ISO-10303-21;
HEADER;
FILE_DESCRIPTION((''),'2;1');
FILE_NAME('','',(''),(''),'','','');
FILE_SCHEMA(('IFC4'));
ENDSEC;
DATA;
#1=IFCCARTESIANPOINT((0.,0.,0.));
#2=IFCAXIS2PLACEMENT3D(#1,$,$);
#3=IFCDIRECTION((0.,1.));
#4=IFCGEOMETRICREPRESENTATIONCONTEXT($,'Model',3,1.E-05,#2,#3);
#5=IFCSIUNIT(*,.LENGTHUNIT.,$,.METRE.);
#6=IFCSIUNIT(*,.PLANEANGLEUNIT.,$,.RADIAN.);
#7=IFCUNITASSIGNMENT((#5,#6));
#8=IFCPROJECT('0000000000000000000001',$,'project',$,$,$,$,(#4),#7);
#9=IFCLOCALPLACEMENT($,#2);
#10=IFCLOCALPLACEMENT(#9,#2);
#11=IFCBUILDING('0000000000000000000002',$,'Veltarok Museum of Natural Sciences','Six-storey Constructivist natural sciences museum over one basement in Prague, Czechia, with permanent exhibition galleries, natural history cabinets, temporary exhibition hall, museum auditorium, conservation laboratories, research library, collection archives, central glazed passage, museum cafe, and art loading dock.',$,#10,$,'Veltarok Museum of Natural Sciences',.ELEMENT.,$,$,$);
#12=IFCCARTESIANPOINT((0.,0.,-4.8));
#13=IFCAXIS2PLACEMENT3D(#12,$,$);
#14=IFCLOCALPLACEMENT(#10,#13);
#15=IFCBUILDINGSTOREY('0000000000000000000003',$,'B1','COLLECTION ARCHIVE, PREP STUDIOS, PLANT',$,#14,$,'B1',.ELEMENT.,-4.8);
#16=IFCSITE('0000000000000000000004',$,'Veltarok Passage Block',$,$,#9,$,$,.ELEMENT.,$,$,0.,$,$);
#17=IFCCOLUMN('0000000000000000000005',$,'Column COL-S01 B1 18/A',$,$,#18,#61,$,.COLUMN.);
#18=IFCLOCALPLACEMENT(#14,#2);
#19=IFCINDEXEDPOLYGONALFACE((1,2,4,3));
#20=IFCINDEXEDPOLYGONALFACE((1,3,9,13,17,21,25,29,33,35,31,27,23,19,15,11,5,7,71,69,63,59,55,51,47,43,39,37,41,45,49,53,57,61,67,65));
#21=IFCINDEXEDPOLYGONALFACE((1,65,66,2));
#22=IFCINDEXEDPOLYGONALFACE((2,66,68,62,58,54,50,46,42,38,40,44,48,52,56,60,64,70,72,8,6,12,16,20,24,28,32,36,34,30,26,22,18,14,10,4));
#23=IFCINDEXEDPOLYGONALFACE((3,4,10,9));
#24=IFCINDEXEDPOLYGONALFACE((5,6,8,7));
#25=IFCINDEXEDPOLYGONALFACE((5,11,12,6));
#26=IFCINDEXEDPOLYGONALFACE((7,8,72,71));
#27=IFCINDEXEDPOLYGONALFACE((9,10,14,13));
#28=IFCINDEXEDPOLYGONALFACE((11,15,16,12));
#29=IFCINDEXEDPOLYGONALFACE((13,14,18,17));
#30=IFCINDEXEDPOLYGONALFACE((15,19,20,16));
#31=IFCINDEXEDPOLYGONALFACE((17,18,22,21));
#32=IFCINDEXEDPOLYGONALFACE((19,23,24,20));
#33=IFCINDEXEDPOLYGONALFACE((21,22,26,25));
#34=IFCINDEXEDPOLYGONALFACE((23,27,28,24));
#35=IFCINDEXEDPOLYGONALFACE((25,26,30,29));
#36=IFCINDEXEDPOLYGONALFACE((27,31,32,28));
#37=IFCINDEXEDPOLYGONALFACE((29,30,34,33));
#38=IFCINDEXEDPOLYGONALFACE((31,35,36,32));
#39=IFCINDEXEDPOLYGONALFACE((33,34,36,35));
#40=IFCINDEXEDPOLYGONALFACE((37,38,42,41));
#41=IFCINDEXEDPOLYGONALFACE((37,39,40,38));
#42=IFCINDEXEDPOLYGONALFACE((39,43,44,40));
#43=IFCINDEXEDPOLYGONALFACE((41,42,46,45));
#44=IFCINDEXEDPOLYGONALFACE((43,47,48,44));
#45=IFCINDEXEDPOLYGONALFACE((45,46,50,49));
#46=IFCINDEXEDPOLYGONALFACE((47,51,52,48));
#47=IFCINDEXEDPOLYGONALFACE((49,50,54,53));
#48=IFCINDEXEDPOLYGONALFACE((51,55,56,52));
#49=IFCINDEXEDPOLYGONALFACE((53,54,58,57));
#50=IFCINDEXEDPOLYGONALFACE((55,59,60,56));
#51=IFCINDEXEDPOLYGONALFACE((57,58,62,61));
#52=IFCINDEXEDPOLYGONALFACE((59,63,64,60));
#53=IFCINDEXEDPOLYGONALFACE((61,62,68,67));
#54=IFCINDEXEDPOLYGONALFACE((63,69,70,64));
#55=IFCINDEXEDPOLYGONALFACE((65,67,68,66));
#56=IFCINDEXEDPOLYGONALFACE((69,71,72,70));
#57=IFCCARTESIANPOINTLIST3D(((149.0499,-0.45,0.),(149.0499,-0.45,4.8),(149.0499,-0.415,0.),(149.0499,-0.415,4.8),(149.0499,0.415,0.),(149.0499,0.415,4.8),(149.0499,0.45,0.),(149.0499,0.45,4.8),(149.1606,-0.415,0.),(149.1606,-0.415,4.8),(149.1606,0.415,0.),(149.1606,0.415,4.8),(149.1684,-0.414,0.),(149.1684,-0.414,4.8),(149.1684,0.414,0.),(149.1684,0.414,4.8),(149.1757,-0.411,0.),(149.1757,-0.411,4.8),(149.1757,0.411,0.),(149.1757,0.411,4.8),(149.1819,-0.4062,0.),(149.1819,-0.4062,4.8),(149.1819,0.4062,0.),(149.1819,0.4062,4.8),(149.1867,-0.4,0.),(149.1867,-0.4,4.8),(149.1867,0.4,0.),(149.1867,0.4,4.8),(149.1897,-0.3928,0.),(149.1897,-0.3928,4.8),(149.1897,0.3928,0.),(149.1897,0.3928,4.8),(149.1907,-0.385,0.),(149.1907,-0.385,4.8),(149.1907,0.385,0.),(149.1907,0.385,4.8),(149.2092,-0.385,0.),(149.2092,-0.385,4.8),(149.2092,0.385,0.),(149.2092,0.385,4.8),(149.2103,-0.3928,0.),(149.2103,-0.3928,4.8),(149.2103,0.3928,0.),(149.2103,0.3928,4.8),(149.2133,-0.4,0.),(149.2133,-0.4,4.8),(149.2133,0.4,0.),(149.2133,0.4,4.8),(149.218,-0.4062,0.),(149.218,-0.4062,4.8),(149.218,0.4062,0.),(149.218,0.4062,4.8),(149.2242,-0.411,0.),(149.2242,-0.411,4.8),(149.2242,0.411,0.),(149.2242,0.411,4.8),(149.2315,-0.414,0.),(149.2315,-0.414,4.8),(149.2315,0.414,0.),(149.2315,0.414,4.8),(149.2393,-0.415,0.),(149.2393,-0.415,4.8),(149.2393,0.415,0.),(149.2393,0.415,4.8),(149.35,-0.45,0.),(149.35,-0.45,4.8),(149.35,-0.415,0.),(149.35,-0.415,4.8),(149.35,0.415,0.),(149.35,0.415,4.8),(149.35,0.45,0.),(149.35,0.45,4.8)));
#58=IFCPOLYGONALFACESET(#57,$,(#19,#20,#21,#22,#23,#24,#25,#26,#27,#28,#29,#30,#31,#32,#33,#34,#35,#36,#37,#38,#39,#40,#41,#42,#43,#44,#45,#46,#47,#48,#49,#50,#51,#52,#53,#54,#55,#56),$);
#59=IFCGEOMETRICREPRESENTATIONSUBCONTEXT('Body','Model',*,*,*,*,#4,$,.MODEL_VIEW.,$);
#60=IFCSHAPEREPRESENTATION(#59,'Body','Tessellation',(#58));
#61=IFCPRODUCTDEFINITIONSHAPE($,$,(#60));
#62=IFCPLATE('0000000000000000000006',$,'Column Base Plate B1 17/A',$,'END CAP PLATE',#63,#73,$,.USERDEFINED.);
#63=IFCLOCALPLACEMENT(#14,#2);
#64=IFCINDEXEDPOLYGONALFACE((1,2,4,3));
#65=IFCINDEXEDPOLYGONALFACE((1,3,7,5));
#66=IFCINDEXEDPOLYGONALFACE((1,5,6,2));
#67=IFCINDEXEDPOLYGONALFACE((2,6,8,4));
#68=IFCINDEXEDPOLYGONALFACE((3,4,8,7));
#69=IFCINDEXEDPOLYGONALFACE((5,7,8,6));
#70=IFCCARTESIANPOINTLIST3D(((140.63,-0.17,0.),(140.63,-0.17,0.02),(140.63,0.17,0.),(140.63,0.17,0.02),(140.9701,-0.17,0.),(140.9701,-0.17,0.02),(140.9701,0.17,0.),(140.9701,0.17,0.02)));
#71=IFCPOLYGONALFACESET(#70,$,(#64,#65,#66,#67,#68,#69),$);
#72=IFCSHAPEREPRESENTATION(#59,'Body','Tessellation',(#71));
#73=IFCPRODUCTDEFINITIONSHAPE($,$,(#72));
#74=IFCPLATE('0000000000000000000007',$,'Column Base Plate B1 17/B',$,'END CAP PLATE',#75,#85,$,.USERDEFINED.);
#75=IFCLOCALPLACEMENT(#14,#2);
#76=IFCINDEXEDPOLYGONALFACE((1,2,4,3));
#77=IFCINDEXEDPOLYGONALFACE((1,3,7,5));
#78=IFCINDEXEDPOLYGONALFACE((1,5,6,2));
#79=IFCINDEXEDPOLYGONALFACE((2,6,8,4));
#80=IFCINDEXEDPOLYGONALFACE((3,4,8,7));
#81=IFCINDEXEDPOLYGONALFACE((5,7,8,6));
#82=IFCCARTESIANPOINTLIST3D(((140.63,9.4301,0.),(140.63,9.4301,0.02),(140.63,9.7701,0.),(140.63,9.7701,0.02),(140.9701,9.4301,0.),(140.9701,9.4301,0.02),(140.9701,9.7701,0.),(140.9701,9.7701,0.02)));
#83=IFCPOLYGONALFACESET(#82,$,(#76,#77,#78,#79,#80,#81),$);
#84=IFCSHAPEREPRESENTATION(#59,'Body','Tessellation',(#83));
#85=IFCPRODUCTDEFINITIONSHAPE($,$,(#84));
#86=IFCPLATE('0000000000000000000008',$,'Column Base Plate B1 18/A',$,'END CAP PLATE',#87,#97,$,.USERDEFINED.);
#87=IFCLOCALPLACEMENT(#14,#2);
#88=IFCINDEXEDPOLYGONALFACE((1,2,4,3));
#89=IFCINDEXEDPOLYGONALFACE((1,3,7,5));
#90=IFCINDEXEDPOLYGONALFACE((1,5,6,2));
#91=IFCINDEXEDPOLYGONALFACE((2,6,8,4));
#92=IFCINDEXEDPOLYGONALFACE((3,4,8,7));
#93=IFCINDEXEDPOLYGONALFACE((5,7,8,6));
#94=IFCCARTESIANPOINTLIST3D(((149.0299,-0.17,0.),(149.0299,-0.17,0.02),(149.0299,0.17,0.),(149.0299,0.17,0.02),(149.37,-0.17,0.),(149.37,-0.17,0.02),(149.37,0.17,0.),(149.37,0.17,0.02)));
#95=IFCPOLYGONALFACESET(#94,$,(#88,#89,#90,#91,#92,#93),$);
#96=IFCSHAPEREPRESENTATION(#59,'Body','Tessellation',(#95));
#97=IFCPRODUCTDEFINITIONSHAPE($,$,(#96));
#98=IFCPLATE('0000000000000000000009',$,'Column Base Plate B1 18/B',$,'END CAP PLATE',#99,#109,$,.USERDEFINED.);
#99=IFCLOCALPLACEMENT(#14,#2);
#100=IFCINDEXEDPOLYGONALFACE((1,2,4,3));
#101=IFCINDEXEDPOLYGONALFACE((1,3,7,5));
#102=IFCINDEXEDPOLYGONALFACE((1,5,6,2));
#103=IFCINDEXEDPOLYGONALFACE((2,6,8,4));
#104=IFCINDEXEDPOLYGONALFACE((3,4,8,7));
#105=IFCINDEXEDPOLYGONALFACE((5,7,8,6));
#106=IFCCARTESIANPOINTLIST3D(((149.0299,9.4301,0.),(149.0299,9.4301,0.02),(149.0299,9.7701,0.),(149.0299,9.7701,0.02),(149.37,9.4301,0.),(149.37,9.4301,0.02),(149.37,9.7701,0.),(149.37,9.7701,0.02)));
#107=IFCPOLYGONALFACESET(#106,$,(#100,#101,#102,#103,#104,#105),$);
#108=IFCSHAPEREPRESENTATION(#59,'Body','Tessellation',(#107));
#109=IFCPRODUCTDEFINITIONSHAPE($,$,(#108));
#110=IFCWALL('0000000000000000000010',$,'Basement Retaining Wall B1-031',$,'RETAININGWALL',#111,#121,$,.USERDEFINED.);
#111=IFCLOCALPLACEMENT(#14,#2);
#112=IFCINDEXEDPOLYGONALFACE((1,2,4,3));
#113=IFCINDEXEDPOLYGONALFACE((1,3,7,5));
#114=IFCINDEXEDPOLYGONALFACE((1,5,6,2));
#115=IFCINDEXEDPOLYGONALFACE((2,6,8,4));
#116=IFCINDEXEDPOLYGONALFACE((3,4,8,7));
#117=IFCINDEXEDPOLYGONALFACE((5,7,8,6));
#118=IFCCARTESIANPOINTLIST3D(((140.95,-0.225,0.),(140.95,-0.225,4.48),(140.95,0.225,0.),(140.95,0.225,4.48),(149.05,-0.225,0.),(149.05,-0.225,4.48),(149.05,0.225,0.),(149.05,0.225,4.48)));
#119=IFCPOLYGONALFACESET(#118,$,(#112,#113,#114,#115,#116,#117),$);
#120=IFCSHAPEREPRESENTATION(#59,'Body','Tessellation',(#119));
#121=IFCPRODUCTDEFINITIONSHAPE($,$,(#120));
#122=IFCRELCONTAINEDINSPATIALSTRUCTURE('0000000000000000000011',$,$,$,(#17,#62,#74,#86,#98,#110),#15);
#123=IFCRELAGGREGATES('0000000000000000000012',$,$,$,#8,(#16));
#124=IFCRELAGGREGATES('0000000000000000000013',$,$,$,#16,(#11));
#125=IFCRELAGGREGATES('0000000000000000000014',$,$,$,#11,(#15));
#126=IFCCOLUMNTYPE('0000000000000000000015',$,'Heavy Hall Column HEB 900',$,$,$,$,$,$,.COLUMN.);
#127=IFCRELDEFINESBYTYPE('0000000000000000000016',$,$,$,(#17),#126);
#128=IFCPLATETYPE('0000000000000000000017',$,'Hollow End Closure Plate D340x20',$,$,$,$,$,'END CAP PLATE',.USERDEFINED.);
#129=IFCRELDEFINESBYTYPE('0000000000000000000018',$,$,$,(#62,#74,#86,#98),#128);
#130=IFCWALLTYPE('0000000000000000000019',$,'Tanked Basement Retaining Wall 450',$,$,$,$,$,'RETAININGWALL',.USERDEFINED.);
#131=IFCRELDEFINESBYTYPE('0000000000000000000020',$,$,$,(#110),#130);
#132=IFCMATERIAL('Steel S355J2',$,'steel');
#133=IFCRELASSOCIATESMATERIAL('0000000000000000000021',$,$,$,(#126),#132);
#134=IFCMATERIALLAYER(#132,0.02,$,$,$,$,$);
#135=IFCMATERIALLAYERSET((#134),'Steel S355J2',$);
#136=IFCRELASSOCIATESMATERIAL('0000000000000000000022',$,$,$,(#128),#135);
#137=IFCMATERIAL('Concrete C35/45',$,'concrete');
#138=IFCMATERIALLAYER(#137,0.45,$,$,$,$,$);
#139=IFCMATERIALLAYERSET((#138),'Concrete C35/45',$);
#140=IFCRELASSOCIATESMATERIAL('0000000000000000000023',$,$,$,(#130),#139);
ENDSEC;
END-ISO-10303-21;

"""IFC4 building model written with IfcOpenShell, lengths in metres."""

from ifc_helpers import new_model, si_unit, direction, frame, frame_2d, origin, origin_2d, place, context, subcontext, project, spatial, rectangle, i_section, extrude, material, layer, layer_set, material_profile, profile_set, type_object, element, save


model = new_model("IFC4")

# Units and contexts
model_context = context("Model", 3, precision=1e-05, world=origin(), true_north=direction((0.0, 1.0)))
body_context = subcontext(model_context, "Body", "Model", "MODEL_VIEW")
ifc_project = project(units=[si_unit("LENGTHUNIT", "METRE"), si_unit("PLANEANGLEUNIT", "RADIAN")], contexts=[model_context])

# Site, building, storey
site_placement = place(None, origin())
site = spatial("IfcSite", under=ifc_project, at=site_placement, Name="Veltarok Passage Block", CompositionType="ELEMENT", RefElevation=0.0)
building_placement = place(site_placement, origin())
building = spatial("IfcBuilding", under=site, at=building_placement, Name="Veltarok Museum of Natural Sciences", Description="Six-storey Constructivist natural sciences museum over one basement in Prague, Czechia, with permanent exhibition galleries, natural history cabinets, temporary exhibition hall, museum auditorium, conservation laboratories, research library, collection archives, central glazed passage, museum cafe, and art loading dock.", LongName="Veltarok Museum of Natural Sciences", CompositionType="ELEMENT")
storey_placement = place(building_placement, frame((0.0, 0.0, -4.8)))
storey = spatial("IfcBuildingStorey", under=building, at=storey_placement, Name="B1", Description="COLLECTION ARCHIVE, PREP STUDIOS, PLANT", LongName="B1", CompositionType="ELEMENT", Elevation=-4.8)

# Shared definitions
ifc_material_1 = material(Name="Concrete C35/45", Category="concrete")

# Column
ifc_material_2 = material(Name="Steel S355J2", Category="steel")
ifc_material_profile_1 = material_profile(ifc_material_2, i_section(OverallWidth=0.3, OverallDepth=0.8999, WebThickness=0.0186, FlangeThickness=0.0349, FilletRadius=0.03, at=origin_2d()), Name="HEB 900")
ifc_profile_set_1 = profile_set([ifc_material_profile_1], Name="Steel S355J2")
column_type_1 = type_object("IfcColumnType", Name="Heavy Hall Column HEB 900", PredefinedType="COLUMN", material=ifc_profile_set_1)
column_placement = place(storey_placement, frame((149.2, 0.0, 0.0), z_axis=(0.0, 0.0, 1.0), x_axis=(1.0, 0.0, 0.0)))
element("IfcColumn", 1, at=column_placement, inside=storey, type_object=column_type_1, Name="Column COL-S01 B1 18/A", PredefinedType="COLUMN", context=body_context, shape_type="SweptSolid", body=[
    extrude(i_section(OverallWidth=0.3, OverallDepth=0.8999, WebThickness=0.0186, FlangeThickness=0.0349, FilletRadius=0.03, at=origin_2d()), origin(), (0.0, 0.0, 1.0), 4.8),
])

# Plates
ifc_layer_1 = layer(ifc_material_2, 0.02)
ifc_layer_set_1 = layer_set([ifc_layer_1], Name="Steel S355J2")
plate_type = type_object("IfcPlateType", Name="Hollow End Closure Plate D340x20", ElementType="END CAP PLATE", PredefinedType="USERDEFINED", material=ifc_layer_set_1)
for number, where, z_axis, x_axis, name in (
    (2, (140.8, 0.0, 0.0), (0.0, 0.0, 1.0), (1.0, 0.0, 0.0), "Column Base Plate B1 17/A"),
    (3, (140.8, 9.6001, 0.0), (0.0, 0.0, 1.0), (1.0, 0.0, 0.0), "Column Base Plate B1 17/B"),
    (4, (149.2, 0.0, 0.0), (0.0, 0.0, 1.0), (1.0, 0.0, 0.0), "Column Base Plate B1 18/A"),
    (5, (149.2, 9.6001, 0.0), (0.0, 0.0, 1.0), (1.0, 0.0, 0.0), "Column Base Plate B1 18/B"),
):
    element("IfcPlate", number, at=place(storey_placement, frame(where, z_axis=z_axis, x_axis=x_axis)), inside=storey, type_object=plate_type, Name=name, ObjectType="END CAP PLATE", PredefinedType="USERDEFINED", context=body_context, shape_type="SweptSolid", body=[
        extrude(rectangle(XDim=0.3401, YDim=0.3401, at=origin_2d()), origin(), (0.0, 0.0, 1.0), 0.02),
    ])

# Wall
ifc_layer_2 = layer(ifc_material_1, 0.45)
ifc_layer_set_2 = layer_set([ifc_layer_2], Name="Concrete C35/45")
wall_type = type_object("IfcWallType", Name="Tanked Basement Retaining Wall 450", ElementType="RETAININGWALL", PredefinedType="USERDEFINED", material=ifc_layer_set_2)
wall_placement = place(storey_placement, frame((149.05, 0.0, 0.0), z_axis=(0.0, 0.0, 1.0), x_axis=(-1.0, 0.0, 0.0)))
element("IfcWall", 6, at=wall_placement, inside=storey, type_object=wall_type, Name="Basement Retaining Wall B1-031", ObjectType="RETAININGWALL", PredefinedType="USERDEFINED", context=body_context, shape_type="SweptSolid", body=[
    extrude(rectangle(XDim=8.1001, YDim=0.45, at=frame_2d((4.05, 0.0))), origin(), (0.0, 0.0, 1.0), 4.48),
])

save(model, "model.ifc")
